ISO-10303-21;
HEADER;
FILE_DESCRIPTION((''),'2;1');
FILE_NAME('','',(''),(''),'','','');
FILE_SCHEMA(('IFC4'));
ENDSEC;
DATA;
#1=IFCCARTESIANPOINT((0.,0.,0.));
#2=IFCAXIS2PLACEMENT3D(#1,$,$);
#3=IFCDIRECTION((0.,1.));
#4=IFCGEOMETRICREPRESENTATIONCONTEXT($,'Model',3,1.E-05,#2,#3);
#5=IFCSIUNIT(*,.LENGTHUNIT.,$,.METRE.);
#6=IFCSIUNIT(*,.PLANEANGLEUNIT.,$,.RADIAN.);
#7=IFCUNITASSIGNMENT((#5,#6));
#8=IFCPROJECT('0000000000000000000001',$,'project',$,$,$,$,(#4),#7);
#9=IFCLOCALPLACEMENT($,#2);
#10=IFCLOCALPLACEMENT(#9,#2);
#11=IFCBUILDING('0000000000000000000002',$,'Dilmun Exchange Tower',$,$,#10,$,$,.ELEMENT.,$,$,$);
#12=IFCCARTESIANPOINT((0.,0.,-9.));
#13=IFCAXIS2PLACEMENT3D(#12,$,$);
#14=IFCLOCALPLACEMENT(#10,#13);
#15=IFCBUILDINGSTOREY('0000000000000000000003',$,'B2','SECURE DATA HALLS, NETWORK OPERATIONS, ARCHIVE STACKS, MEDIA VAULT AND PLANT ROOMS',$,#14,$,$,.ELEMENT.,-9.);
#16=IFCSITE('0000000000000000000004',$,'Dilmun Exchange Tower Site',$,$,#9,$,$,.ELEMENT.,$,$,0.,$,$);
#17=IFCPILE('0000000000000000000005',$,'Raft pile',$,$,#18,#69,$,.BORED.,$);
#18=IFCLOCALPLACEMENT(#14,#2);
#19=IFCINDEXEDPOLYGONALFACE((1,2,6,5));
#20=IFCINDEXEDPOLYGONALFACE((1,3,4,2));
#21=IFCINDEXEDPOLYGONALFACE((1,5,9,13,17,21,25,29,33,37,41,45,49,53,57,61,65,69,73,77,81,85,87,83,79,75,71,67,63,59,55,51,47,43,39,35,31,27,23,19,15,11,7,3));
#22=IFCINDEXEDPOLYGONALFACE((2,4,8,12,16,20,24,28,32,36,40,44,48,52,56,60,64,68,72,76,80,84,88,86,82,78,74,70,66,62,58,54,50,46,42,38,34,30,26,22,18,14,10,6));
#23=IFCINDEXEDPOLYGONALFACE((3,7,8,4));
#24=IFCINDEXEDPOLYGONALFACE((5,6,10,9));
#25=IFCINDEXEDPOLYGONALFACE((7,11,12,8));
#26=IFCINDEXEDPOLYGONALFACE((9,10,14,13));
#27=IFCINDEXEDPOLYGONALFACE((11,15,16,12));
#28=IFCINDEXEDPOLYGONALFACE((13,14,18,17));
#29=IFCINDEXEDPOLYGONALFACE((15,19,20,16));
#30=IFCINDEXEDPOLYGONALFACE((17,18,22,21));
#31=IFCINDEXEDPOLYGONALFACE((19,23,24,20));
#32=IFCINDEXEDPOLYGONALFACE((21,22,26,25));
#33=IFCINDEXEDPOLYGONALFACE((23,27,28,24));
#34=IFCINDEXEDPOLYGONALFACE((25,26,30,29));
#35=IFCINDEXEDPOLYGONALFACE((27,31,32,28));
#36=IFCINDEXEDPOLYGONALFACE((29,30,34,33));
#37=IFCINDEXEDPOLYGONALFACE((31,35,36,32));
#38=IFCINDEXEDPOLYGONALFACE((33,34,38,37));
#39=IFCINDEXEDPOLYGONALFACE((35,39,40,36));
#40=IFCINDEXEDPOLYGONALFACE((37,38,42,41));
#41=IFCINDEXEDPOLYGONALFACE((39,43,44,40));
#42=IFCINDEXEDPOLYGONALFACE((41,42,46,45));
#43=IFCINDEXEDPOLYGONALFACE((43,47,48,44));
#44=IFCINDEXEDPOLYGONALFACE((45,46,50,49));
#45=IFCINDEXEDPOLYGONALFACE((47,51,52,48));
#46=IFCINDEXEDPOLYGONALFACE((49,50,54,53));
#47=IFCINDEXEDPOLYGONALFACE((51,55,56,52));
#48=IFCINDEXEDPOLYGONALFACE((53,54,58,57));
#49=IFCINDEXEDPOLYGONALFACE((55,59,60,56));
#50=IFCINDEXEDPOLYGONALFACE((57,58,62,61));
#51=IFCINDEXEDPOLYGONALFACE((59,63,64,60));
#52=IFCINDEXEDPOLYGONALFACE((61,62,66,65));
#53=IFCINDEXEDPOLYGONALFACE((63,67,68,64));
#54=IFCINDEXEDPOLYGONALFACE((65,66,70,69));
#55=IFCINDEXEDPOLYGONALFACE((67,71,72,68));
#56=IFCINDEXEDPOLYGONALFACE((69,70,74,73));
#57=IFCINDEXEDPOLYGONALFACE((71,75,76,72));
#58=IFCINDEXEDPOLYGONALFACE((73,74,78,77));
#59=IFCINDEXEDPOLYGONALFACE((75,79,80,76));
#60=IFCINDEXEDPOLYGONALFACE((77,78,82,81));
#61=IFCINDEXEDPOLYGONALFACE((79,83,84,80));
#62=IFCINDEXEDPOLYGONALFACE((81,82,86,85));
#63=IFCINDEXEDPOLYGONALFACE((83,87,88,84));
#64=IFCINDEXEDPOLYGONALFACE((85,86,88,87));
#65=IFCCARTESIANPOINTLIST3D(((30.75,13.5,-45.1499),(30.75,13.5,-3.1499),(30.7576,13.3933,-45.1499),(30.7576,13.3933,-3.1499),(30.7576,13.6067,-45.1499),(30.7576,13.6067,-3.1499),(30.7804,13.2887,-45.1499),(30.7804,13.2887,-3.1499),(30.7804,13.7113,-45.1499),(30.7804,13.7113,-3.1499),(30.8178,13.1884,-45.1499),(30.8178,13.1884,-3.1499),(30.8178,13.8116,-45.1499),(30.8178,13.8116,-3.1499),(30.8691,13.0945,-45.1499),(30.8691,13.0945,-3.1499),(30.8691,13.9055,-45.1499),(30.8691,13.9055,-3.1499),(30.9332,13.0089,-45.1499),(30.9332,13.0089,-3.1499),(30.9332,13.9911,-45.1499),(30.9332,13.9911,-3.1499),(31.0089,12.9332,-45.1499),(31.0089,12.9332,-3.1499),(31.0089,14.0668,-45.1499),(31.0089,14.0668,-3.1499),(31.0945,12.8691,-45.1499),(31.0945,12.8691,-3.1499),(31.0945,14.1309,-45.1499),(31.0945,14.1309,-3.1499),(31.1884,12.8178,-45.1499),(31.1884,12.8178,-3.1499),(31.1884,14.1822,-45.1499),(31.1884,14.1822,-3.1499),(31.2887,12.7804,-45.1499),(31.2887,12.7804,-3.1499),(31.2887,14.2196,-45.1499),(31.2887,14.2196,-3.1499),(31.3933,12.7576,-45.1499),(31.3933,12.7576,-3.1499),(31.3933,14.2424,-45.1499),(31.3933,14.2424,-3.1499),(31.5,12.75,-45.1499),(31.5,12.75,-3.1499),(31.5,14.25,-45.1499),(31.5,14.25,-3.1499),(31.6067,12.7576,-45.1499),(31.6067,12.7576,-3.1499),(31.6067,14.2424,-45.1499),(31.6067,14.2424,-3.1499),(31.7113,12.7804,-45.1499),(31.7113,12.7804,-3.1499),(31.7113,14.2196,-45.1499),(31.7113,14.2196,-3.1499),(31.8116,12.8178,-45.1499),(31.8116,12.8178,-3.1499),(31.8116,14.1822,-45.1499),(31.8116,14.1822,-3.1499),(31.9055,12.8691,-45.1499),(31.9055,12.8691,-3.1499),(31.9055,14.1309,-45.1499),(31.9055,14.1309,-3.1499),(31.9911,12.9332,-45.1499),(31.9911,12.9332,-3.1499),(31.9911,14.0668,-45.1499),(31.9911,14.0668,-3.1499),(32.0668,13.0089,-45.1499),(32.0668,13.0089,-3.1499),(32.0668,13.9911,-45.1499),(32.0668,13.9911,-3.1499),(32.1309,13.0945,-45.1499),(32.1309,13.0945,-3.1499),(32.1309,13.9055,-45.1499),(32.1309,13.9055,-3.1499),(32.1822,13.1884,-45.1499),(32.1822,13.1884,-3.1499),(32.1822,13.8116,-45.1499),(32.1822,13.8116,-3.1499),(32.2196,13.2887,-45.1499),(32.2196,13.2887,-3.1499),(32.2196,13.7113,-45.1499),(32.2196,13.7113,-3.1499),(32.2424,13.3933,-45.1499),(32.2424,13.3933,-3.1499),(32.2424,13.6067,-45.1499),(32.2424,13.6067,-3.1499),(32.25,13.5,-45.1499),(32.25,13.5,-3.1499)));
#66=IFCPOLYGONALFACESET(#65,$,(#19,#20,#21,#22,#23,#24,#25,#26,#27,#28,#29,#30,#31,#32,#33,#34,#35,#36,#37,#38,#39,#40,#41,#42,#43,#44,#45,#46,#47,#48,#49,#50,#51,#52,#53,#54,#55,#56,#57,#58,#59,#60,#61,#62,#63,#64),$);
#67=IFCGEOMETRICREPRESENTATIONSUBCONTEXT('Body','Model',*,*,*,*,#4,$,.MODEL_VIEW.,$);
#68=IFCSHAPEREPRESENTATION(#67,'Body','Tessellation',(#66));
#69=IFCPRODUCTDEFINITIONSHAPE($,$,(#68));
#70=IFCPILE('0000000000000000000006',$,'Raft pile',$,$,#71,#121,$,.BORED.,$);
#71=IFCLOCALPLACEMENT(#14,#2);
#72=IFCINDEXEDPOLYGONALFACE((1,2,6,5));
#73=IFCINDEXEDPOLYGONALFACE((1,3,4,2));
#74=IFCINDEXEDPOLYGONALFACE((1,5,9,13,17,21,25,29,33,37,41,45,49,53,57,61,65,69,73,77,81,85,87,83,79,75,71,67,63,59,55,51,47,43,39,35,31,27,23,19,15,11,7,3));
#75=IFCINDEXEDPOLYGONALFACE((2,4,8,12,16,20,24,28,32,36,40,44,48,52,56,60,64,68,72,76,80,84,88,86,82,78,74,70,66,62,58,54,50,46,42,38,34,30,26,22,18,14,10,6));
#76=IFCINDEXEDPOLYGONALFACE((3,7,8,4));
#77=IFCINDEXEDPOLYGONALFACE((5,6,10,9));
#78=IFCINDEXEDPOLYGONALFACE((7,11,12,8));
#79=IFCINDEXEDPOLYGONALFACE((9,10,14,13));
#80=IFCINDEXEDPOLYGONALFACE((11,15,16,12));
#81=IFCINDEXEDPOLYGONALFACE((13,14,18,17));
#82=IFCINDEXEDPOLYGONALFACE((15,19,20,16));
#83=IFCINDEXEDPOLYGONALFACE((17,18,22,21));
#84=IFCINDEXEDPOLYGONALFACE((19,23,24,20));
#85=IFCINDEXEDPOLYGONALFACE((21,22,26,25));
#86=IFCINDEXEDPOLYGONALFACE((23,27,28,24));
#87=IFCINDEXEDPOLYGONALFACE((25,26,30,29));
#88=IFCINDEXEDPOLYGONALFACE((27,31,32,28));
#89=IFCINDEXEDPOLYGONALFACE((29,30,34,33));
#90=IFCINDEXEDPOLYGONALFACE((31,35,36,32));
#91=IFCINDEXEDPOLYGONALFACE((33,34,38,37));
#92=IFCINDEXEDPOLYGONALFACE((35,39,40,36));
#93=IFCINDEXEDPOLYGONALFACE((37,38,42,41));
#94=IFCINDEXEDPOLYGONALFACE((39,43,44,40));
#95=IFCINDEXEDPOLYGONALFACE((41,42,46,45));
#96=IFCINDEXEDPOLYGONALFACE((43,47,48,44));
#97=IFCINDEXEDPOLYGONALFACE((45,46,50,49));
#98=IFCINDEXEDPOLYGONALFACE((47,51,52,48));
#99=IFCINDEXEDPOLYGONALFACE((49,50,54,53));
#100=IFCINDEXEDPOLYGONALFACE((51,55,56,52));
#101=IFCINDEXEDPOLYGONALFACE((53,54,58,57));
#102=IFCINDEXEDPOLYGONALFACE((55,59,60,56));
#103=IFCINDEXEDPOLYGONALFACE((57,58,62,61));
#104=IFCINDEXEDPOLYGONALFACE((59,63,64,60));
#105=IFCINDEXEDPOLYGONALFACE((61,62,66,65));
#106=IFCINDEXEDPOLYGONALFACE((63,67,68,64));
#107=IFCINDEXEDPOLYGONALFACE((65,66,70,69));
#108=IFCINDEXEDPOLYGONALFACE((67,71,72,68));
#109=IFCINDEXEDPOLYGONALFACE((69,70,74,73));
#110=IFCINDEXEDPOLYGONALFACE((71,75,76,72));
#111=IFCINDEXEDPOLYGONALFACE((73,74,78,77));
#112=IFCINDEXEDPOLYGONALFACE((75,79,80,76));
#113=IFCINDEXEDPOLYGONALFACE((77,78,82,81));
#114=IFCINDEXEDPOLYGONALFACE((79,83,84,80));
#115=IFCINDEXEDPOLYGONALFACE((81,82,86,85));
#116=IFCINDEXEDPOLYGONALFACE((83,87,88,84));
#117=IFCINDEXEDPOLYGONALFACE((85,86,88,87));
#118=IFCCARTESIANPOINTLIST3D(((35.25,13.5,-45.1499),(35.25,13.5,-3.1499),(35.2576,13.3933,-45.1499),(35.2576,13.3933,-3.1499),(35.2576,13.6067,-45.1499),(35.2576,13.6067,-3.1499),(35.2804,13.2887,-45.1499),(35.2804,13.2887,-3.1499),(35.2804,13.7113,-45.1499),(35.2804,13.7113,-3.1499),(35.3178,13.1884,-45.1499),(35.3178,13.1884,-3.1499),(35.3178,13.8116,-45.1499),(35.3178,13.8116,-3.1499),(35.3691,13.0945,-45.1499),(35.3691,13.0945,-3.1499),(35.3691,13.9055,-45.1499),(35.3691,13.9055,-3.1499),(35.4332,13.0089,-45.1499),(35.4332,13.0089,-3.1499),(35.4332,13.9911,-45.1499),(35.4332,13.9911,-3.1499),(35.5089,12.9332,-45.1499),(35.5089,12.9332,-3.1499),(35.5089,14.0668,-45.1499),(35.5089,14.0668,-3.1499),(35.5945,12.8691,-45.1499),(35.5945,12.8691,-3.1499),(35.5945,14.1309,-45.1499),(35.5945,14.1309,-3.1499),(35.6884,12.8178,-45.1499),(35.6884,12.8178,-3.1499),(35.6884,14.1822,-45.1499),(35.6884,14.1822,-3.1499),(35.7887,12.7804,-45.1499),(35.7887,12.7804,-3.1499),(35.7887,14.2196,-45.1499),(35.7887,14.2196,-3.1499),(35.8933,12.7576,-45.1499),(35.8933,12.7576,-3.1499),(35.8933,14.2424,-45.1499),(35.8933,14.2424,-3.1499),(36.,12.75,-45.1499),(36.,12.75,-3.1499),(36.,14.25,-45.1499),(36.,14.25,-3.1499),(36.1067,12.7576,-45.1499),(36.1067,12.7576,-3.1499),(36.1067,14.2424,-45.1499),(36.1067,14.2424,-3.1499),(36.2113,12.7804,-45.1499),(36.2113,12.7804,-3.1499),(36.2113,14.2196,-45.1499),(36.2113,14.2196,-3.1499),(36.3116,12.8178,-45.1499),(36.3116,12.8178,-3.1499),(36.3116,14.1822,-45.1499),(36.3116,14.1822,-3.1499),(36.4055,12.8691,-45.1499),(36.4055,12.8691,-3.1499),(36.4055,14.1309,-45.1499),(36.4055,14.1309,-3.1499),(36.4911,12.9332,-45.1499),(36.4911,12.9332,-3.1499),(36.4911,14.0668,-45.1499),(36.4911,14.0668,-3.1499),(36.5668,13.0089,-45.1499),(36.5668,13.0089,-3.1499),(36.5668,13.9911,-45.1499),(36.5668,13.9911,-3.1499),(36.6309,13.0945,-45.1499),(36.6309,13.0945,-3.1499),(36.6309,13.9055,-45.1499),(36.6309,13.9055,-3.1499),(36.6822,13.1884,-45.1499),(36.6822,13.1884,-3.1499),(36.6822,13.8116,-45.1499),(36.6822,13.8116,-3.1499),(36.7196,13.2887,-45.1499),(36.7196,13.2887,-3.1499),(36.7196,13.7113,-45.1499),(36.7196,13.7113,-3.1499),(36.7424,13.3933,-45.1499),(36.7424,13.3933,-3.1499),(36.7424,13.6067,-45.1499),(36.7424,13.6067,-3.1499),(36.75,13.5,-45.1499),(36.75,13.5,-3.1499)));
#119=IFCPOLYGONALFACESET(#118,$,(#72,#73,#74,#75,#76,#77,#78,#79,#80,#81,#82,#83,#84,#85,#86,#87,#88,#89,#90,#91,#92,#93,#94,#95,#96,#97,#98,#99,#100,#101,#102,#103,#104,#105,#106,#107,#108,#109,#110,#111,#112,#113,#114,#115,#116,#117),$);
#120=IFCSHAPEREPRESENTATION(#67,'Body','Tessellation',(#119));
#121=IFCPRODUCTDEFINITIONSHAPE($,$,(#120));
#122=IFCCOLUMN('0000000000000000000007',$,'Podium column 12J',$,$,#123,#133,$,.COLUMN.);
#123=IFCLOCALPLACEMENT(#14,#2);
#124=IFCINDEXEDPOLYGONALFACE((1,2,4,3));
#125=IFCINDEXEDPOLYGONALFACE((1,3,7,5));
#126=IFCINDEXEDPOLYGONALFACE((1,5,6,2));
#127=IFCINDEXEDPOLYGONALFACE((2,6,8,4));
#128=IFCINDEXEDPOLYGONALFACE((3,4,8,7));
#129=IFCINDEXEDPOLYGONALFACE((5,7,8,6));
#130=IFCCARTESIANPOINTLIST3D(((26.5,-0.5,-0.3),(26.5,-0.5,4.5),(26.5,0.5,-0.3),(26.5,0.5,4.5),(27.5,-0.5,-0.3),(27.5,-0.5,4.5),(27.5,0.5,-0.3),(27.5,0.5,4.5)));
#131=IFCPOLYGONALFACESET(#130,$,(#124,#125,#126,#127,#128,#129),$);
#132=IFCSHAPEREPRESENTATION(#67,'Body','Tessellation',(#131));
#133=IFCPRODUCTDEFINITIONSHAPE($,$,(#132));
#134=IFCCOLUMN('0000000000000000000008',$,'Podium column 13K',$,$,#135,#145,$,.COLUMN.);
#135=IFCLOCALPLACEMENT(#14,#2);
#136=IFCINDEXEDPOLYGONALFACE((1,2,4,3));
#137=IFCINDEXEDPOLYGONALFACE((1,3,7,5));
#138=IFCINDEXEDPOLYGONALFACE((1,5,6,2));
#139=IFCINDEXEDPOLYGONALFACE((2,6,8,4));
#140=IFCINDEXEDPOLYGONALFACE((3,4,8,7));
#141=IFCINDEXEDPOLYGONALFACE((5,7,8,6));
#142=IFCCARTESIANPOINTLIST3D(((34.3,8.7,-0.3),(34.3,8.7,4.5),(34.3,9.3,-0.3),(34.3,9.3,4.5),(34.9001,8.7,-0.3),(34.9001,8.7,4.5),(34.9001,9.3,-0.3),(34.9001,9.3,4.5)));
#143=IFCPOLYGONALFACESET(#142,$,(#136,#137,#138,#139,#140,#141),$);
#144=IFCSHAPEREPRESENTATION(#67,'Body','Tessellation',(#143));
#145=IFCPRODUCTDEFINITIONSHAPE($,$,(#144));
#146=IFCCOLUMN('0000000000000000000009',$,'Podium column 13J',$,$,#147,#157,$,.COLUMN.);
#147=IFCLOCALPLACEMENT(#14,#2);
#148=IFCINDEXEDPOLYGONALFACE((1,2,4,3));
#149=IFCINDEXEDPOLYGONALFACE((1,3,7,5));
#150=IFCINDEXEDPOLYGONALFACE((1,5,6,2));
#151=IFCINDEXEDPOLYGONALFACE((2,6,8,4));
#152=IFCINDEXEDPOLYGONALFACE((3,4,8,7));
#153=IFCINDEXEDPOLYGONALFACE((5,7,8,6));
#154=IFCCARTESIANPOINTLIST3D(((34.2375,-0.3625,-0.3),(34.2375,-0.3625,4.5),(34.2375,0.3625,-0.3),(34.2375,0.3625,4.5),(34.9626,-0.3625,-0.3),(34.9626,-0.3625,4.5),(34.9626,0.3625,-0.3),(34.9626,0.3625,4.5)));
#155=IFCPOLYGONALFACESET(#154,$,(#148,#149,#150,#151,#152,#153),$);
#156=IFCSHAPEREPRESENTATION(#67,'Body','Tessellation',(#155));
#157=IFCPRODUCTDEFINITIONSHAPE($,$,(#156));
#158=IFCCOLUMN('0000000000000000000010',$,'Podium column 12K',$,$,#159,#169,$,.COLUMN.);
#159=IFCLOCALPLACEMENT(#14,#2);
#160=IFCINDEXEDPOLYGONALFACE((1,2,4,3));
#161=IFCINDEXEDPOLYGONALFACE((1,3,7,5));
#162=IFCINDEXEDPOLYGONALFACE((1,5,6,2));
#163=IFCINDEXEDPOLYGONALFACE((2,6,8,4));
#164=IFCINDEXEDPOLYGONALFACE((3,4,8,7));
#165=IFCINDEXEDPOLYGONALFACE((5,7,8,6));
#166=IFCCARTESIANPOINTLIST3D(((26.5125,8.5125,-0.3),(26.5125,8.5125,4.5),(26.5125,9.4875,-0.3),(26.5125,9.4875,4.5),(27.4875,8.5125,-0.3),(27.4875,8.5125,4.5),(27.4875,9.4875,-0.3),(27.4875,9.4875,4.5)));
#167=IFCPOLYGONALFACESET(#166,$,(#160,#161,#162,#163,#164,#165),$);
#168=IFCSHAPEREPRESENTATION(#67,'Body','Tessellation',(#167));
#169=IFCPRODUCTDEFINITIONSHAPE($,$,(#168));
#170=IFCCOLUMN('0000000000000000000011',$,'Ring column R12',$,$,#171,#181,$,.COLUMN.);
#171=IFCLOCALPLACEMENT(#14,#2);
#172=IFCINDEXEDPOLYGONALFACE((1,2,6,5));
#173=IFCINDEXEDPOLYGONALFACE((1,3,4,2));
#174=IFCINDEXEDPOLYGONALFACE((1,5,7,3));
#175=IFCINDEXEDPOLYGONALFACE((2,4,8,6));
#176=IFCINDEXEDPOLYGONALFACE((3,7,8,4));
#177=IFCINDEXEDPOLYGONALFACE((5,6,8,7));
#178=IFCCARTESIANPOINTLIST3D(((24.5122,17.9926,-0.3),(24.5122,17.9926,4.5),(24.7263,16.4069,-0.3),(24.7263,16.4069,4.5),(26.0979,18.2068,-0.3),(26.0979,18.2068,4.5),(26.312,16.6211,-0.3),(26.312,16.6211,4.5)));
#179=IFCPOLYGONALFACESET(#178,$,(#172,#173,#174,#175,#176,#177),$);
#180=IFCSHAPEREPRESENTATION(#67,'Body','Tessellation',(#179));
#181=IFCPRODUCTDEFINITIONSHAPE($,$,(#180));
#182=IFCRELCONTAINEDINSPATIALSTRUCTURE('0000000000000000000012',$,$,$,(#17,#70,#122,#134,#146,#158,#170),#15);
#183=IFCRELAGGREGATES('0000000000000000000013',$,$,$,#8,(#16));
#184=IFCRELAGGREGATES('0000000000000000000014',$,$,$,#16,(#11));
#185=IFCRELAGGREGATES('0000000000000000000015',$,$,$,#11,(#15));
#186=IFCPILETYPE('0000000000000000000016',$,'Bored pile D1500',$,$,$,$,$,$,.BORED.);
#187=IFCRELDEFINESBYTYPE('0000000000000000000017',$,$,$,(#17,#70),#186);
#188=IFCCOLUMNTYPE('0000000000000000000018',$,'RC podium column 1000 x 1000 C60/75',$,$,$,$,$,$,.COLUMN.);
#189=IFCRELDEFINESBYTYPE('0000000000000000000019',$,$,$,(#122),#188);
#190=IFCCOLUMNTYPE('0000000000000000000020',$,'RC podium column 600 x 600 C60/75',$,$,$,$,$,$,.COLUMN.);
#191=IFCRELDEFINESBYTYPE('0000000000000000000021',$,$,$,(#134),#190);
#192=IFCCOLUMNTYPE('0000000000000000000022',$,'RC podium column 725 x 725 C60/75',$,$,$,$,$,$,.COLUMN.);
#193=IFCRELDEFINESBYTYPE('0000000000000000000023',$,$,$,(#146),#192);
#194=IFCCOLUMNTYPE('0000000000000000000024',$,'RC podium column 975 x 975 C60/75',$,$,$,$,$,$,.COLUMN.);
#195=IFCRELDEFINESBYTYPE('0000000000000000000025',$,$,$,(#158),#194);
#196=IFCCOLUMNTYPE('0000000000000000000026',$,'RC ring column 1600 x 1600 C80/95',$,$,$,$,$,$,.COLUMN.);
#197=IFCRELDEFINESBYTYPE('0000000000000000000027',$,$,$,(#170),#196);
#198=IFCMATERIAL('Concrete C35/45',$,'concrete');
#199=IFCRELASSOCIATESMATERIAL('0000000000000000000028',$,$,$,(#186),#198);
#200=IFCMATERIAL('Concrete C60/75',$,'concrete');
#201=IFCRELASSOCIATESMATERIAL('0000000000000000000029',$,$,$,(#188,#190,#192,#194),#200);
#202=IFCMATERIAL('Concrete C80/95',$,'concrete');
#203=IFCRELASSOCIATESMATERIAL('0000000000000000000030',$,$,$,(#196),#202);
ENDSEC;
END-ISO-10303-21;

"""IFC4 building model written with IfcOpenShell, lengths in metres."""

from ifc_helpers import new_model, si_unit, direction, frame, origin, origin_2d, place, context, subcontext, project, spatial, rectangle, circle, extrude, material, material_profile, profile_set, type_object, element, save


model = new_model("IFC4")

# Units and contexts
model_context = context("Model", 3, precision=1e-05, world=origin(), true_north=direction((0.0, 1.0)))
body_context = subcontext(model_context, "Body", "Model", "MODEL_VIEW")
ifc_project = project(units=[si_unit("LENGTHUNIT", "METRE"), si_unit("PLANEANGLEUNIT", "RADIAN")], contexts=[model_context])

# Site, building, storey
site_placement = place(None, origin())
site = spatial("IfcSite", under=ifc_project, at=site_placement, Name="Dilmun Exchange Tower Site", CompositionType="ELEMENT", RefElevation=0.0)
building_placement = place(site_placement, origin())
building = spatial("IfcBuilding", under=site, at=building_placement, Name="Dilmun Exchange Tower", CompositionType="ELEMENT")
storey_placement = place(building_placement, frame((0.0, 0.0, -9.0)))
storey = spatial("IfcBuildingStorey", under=building, at=storey_placement, Name="B2", Description="SECURE DATA HALLS, NETWORK OPERATIONS, ARCHIVE STACKS, MEDIA VAULT AND PLANT ROOMS", CompositionType="ELEMENT", Elevation=-9.0)

# Piles
ifc_material_1 = material(Name="Concrete C35/45", Category="concrete")
ifc_material_profile_1 = material_profile(ifc_material_1, circle(Radius=0.75, at=origin_2d()), Name="D1500")
ifc_profile_set_1 = profile_set([ifc_material_profile_1], Name="Concrete C35/45")
pile_type = type_object("IfcPileType", Name="Bored pile D1500", PredefinedType="BORED", material=ifc_profile_set_1)
for number, where, z_axis, x_axis, name in (
    (1, (31.5, 13.5, -3.1499), (0.0, 0.0, -1.0), (1.0, 0.0, 0.0), "Raft pile"),
    (2, (36.0, 13.5, -3.1499), (0.0, 0.0, -1.0), (1.0, 0.0, 0.0), "Raft pile"),
):
    element("IfcPile", number, at=place(storey_placement, frame(where, z_axis=z_axis, x_axis=x_axis)), inside=storey, type_object=pile_type, Name=name, PredefinedType="BORED", context=body_context, shape_type="SweptSolid", body=[
        extrude(circle(Radius=0.75, at=origin_2d()), origin(), (0.0, 0.0, 1.0), 42.0),
    ])

# Columns
ifc_material_2 = material(Name="Concrete C60/75", Category="concrete")
ifc_material_profile_2 = material_profile(ifc_material_2, rectangle(XDim=1.0, YDim=1.0, at=origin_2d()), Name="1000 x 1000")
ifc_profile_set_2 = profile_set([ifc_material_profile_2], Name="Concrete C60/75")
column_type_1 = type_object("IfcColumnType", Name="RC podium column 1000 x 1000 C60/75", PredefinedType="COLUMN", material=ifc_profile_set_2)
column_1_placement = place(storey_placement, frame((27.0, 0.0, -0.3), z_axis=(0.0, 0.0, 1.0), x_axis=(1.0, 0.0, 0.0)))
element("IfcColumn", 3, at=column_1_placement, inside=storey, type_object=column_type_1, Name="Podium column 12J", PredefinedType="COLUMN", context=body_context, shape_type="SweptSolid", body=[
    extrude(rectangle(XDim=1.0, YDim=1.0, at=origin_2d()), origin(), (0.0, 0.0, 1.0), 4.8),
])
ifc_material_profile_3 = material_profile(ifc_material_2, rectangle(XDim=0.6001, YDim=0.6001, at=origin_2d()), Name="600 x 600")
ifc_profile_set_3 = profile_set([ifc_material_profile_3], Name="Concrete C60/75")
column_type_2 = type_object("IfcColumnType", Name="RC podium column 600 x 600 C60/75", PredefinedType="COLUMN", material=ifc_profile_set_3)
column_2_placement = place(storey_placement, frame((34.6001, 9.0, -0.3), z_axis=(0.0, 0.0, 1.0), x_axis=(1.0, 0.0, 0.0)))
element("IfcColumn", 4, at=column_2_placement, inside=storey, type_object=column_type_2, Name="Podium column 13K", PredefinedType="COLUMN", context=body_context, shape_type="SweptSolid", body=[
    extrude(rectangle(XDim=0.6001, YDim=0.6001, at=origin_2d()), origin(), (0.0, 0.0, 1.0), 4.8),
])
ifc_material_profile_4 = material_profile(ifc_material_2, rectangle(XDim=0.7251, YDim=0.7251, at=origin_2d()), Name="725 x 725")
ifc_profile_set_4 = profile_set([ifc_material_profile_4], Name="Concrete C60/75")
column_type_3 = type_object("IfcColumnType", Name="RC podium column 725 x 725 C60/75", PredefinedType="COLUMN", material=ifc_profile_set_4)
column_3_placement = place(storey_placement, frame((34.6001, 0.0, -0.3), z_axis=(0.0, 0.0, 1.0), x_axis=(1.0, 0.0, 0.0)))
element("IfcColumn", 5, at=column_3_placement, inside=storey, type_object=column_type_3, Name="Podium column 13J", PredefinedType="COLUMN", context=body_context, shape_type="SweptSolid", body=[
    extrude(rectangle(XDim=0.7251, YDim=0.7251, at=origin_2d()), origin(), (0.0, 0.0, 1.0), 4.8),
])
ifc_material_profile_5 = material_profile(ifc_material_2, rectangle(XDim=0.9751, YDim=0.9751, at=origin_2d()), Name="975 x 975")
ifc_profile_set_5 = profile_set([ifc_material_profile_5], Name="Concrete C60/75")
column_type_4 = type_object("IfcColumnType", Name="RC podium column 975 x 975 C60/75", PredefinedType="COLUMN", material=ifc_profile_set_5)
column_4_placement = place(storey_placement, frame((27.0, 9.0, -0.3), z_axis=(0.0, 0.0, 1.0), x_axis=(1.0, 0.0, 0.0)))
element("IfcColumn", 6, at=column_4_placement, inside=storey, type_object=column_type_4, Name="Podium column 12K", PredefinedType="COLUMN", context=body_context, shape_type="SweptSolid", body=[
    extrude(rectangle(XDim=0.9751, YDim=0.9751, at=origin_2d()), origin(), (0.0, 0.0, 1.0), 4.8),
])
ifc_material_3 = material(Name="Concrete C80/95", Category="concrete")
ifc_material_profile_6 = material_profile(ifc_material_3, rectangle(XDim=1.6001, YDim=1.6001, at=origin_2d()), Name="1600 x 1600")
ifc_profile_set_6 = profile_set([ifc_material_profile_6], Name="Concrete C80/95")
column_type_5 = type_object("IfcColumnType", Name="RC ring column 1600 x 1600 C80/95", PredefinedType="COLUMN", material=ifc_profile_set_6)
column_5_placement = place(storey_placement, frame((25.4121, 17.3069, -0.3), z_axis=(0.0, 0.0, 1.0), x_axis=(0.991001, 0.133853, 0.0)))
element("IfcColumn", 7, at=column_5_placement, inside=storey, type_object=column_type_5, Name="Ring column R12", PredefinedType="COLUMN", context=body_context, shape_type="SweptSolid", body=[
    extrude(rectangle(XDim=1.6001, YDim=1.6001, at=origin_2d()), origin(), (0.0, 0.0, 1.0), 4.8),
])

save(model, "model.ifc")
